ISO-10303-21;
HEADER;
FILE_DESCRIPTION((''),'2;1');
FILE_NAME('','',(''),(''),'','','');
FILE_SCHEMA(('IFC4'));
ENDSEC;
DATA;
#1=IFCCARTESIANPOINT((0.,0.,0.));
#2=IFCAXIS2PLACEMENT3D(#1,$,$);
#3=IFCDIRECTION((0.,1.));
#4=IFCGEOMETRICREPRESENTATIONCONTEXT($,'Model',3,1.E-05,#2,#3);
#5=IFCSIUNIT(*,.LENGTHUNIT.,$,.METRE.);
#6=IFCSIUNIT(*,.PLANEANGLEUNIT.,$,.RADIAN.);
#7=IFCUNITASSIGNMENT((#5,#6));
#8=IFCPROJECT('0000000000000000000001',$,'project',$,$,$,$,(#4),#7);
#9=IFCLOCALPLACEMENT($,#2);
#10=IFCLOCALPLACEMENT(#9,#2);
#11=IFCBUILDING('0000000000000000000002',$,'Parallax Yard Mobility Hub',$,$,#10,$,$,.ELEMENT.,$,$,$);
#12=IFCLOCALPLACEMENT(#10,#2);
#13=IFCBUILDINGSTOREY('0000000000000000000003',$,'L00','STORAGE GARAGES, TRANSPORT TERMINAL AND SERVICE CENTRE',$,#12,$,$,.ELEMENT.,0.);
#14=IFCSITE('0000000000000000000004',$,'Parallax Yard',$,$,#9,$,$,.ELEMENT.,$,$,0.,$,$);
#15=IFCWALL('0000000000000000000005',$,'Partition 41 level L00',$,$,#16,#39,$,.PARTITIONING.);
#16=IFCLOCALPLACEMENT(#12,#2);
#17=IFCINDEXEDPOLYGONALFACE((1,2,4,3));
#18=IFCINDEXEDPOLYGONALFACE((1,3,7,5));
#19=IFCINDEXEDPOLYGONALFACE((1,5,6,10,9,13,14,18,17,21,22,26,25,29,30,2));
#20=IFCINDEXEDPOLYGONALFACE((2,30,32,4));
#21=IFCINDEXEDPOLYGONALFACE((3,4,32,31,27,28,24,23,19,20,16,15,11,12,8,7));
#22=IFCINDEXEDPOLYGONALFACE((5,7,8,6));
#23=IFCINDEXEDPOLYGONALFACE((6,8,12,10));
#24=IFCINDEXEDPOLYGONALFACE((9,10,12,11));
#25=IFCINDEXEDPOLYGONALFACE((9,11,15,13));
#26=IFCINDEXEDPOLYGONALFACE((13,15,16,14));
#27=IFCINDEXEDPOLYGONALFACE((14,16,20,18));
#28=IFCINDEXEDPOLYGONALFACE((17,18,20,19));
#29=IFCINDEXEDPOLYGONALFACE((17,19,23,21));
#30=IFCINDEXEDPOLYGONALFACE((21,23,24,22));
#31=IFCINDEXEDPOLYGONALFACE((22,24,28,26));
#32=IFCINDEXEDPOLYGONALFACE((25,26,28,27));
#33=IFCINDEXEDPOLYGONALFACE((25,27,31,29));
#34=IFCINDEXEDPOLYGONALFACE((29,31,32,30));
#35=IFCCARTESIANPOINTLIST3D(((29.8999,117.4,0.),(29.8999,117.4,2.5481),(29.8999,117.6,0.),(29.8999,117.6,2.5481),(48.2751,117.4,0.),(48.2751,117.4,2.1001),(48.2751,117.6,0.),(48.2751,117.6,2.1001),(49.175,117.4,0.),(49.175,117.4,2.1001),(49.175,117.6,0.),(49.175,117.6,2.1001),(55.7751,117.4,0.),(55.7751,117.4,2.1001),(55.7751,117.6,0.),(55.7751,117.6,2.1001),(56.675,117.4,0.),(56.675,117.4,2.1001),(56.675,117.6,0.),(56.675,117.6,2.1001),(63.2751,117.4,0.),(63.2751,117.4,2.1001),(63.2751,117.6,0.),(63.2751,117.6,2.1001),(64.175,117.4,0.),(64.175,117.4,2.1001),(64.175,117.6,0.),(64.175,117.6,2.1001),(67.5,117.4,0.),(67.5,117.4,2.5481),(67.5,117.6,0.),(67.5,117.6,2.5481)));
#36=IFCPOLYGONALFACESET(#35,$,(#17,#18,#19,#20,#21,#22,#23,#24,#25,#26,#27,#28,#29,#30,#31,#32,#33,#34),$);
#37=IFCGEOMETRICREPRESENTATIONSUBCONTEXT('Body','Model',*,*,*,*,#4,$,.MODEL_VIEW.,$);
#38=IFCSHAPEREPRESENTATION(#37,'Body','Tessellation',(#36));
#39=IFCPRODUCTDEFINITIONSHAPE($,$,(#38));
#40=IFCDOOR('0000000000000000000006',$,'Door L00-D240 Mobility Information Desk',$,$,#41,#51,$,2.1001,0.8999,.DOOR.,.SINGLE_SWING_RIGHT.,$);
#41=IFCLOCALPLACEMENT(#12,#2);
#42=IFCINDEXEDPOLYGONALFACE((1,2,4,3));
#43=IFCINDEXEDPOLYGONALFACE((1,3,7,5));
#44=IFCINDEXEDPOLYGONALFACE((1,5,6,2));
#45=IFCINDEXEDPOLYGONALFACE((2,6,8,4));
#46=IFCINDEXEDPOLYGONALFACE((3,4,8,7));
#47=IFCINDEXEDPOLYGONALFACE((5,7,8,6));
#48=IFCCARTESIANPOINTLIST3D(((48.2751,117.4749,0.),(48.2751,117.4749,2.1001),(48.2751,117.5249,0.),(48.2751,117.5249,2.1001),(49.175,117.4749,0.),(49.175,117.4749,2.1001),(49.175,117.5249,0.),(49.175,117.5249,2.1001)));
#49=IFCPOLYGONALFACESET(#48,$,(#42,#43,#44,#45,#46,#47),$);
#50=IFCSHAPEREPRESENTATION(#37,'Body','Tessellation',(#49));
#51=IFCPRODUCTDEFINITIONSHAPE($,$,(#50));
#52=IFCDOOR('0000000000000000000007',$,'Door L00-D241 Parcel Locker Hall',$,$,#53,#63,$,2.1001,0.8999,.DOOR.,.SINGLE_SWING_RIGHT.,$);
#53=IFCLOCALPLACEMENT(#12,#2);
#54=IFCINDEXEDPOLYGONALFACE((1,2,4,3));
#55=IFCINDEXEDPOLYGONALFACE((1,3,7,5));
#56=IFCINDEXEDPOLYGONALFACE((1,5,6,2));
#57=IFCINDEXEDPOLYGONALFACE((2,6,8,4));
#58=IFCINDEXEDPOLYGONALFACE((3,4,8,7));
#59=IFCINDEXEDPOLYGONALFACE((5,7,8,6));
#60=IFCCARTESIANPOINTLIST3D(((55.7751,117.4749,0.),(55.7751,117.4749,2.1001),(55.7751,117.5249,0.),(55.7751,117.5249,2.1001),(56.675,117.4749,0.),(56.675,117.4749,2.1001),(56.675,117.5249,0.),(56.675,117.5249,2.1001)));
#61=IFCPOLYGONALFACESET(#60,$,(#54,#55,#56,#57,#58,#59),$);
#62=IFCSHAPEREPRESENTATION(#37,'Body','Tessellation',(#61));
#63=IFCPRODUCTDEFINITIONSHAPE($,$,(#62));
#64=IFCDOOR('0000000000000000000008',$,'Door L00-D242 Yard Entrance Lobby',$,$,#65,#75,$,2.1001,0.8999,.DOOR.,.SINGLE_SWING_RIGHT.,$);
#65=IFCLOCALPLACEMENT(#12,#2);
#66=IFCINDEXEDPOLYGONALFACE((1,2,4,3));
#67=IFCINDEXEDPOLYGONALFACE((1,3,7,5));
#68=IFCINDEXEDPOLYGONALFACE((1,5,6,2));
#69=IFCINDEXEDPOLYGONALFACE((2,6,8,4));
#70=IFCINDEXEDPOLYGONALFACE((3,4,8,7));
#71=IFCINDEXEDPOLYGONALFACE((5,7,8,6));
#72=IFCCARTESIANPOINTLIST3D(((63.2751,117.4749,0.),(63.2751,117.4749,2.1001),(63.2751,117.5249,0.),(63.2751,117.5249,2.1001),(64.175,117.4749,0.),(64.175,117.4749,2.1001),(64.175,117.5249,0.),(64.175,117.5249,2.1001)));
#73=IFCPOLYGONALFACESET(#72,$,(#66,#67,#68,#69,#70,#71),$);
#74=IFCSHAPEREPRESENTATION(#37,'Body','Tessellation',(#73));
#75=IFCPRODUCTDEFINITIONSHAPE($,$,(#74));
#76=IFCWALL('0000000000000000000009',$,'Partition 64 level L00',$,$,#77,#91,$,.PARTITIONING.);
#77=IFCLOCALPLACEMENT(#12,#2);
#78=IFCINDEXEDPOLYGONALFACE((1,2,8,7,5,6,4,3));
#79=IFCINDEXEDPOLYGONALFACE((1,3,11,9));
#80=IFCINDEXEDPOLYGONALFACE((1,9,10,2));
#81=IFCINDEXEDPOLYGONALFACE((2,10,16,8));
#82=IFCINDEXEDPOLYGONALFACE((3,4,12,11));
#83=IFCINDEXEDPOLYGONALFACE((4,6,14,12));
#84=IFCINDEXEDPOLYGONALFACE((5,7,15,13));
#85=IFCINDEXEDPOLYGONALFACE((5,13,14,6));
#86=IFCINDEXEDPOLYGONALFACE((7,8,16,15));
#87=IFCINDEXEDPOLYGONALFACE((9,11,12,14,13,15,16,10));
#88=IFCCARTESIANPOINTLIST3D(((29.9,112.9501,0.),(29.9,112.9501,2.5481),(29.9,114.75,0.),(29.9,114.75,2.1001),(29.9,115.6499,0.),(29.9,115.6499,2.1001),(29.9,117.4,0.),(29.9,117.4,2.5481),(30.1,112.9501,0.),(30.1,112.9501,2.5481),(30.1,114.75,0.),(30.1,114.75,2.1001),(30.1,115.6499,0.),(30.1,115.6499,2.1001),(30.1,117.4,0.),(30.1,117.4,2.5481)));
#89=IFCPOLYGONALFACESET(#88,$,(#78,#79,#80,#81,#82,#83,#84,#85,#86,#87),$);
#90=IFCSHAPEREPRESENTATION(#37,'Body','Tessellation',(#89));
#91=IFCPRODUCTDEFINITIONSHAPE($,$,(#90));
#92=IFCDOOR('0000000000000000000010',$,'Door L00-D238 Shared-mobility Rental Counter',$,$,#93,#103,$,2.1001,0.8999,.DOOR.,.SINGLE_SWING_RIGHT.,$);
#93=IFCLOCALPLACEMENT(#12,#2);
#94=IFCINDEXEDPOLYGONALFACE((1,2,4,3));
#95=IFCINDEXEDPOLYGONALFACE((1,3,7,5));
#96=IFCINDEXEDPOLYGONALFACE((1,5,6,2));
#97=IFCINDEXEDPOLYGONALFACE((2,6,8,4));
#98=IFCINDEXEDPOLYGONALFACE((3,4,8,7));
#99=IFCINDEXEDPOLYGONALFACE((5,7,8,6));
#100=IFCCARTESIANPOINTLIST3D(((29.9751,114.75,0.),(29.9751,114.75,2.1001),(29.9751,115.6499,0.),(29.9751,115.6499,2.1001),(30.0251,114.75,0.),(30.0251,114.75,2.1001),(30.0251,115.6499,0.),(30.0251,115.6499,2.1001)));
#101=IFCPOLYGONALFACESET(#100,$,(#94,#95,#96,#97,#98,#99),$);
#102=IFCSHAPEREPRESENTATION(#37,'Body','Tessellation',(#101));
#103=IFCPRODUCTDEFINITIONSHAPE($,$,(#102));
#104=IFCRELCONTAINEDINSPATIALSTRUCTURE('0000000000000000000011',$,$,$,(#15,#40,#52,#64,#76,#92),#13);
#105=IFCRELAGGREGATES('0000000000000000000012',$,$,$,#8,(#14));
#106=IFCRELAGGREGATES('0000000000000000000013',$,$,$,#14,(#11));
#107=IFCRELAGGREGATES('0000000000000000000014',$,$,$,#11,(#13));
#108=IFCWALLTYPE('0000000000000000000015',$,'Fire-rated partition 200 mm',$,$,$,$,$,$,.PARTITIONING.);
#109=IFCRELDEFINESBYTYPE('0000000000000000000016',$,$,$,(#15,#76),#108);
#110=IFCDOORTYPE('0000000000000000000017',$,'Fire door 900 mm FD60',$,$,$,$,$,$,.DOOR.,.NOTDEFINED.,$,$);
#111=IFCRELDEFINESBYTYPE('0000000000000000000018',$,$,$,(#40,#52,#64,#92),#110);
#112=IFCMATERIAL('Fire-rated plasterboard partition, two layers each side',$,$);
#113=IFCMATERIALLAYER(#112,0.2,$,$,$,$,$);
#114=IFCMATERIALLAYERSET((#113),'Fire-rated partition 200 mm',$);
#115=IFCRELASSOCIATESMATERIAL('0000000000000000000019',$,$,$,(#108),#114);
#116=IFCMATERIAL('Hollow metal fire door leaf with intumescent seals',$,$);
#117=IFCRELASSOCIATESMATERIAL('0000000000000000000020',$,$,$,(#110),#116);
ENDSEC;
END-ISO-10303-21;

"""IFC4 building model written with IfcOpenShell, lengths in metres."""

from ifc_helpers import new_model, si_unit, direction, frame, frame_2d, origin, place, context, subcontext, project, spatial, rectangle, extrude, material, layer, layer_set, type_object, element, fill, save


model = new_model("IFC4")

# Units and contexts
model_context = context("Model", 3, precision=1e-05, world=origin(), true_north=direction((0.0, 1.0)))
body_context = subcontext(model_context, "Body", "Model", "MODEL_VIEW")
ifc_project = project(units=[si_unit("LENGTHUNIT", "METRE"), si_unit("PLANEANGLEUNIT", "RADIAN")], contexts=[model_context])

# Site, building, storey
site_placement = place(None, origin())
site = spatial("IfcSite", under=ifc_project, at=site_placement, Name="Parallax Yard", CompositionType="ELEMENT", RefElevation=0.0)
building_placement = place(site_placement, origin())
building = spatial("IfcBuilding", under=site, at=building_placement, Name="Parallax Yard Mobility Hub", CompositionType="ELEMENT")
storey_placement = place(building_placement, origin())
storey = spatial("IfcBuildingStorey", under=building, at=storey_placement, Name="L00", Description="STORAGE GARAGES, TRANSPORT TERMINAL AND SERVICE CENTRE", CompositionType="ELEMENT", Elevation=0.0)

# Wall, openings, doors
ifc_material_1 = material(Name="Fire-rated plasterboard partition, two layers each side")
ifc_layer_1 = layer(ifc_material_1, 0.2)
ifc_layer_set_1 = layer_set([ifc_layer_1], Name="Fire-rated partition 200 mm")
wall_type_1 = type_object("IfcWallType", Name="Fire-rated partition 200 mm", PredefinedType="PARTITIONING", material=ifc_layer_set_1)
wall_1_placement = place(storey_placement, frame((29.8999, 117.5, 0.0), z_axis=(0.0, 0.0, 1.0), x_axis=(1.0, 0.0, 0.0)))
wall_1 = element("IfcWall", 1, at=wall_1_placement, inside=storey, type_object=wall_type_1, Name="Partition 41 level L00", PredefinedType="PARTITIONING", context=body_context, shape_type="SweptSolid", body=[
    extrude(rectangle(XDim=37.6001, YDim=0.2, at=frame_2d((18.8, 0.0))), origin(), (0.0, 0.0, 1.0), 2.5481),
])
opening_1_placement = place(wall_1_placement, frame((18.3752, 0.0, 0.0)))
opening_1 = element("IfcOpeningElement", 2, at=opening_1_placement, cuts=wall_1, PredefinedType="OPENING", context=body_context, shape_type="SweptSolid", body=[
    extrude(rectangle(XDim=0.8999, YDim=2.1001, at=frame_2d((0.45, 1.05))), frame((0.0, 0.1099, 0.0), z_axis=(0.0, -1.0, 0.0), x_axis=(1.0, 0.0, 0.0)), (0.0, 0.0, 1.0), 0.22),
])
opening_2_placement = place(wall_1_placement, frame((25.8752, 0.0, 0.0)))
opening_2 = element("IfcOpeningElement", 3, at=opening_2_placement, cuts=wall_1, PredefinedType="OPENING", context=body_context, shape_type="SweptSolid", body=[
    extrude(rectangle(XDim=0.8999, YDim=2.1001, at=frame_2d((0.45, 1.05))), frame((0.0, 0.1099, 0.0), z_axis=(0.0, -1.0, 0.0), x_axis=(1.0, 0.0, 0.0)), (0.0, 0.0, 1.0), 0.22),
])
opening_3_placement = place(wall_1_placement, frame((33.3752, 0.0, 0.0)))
opening_3 = element("IfcOpeningElement", 4, at=opening_3_placement, cuts=wall_1, PredefinedType="OPENING", context=body_context, shape_type="SweptSolid", body=[
    extrude(rectangle(XDim=0.8999, YDim=2.1001, at=frame_2d((0.45, 1.05))), frame((0.0, 0.1099, 0.0), z_axis=(0.0, -1.0, 0.0), x_axis=(1.0, 0.0, 0.0)), (0.0, 0.0, 1.0), 0.22),
])
ifc_material_2 = material(Name="Hollow metal fire door leaf with intumescent seals")
door_type = type_object("IfcDoorType", Name="Fire door 900 mm FD60", OperationType="NOTDEFINED", PredefinedType="DOOR", material=ifc_material_2)
door_1_placement = place(opening_1_placement, origin())
door_1 = element("IfcDoor", 5, at=door_1_placement, inside=storey, type_object=door_type, Name="Door L00-D240 Mobility Information Desk", OperationType="SINGLE_SWING_RIGHT", OverallHeight=2.1001, OverallWidth=0.8999, PredefinedType="DOOR", context=body_context, shape_type="SweptSolid", body=[
    extrude(rectangle(XDim=0.8999, YDim=2.1001, at=frame_2d((0.45, 1.05))), frame((0.0, 0.0249, 0.0), z_axis=(0.0, -1.0, 0.0), x_axis=(1.0, 0.0, 0.0)), (0.0, 0.0, 1.0), 0.05),
])
fill(opening_1, door_1)
door_2_placement = place(opening_2_placement, origin())
door_2 = element("IfcDoor", 6, at=door_2_placement, inside=storey, type_object=door_type, Name="Door L00-D241 Parcel Locker Hall", OperationType="SINGLE_SWING_RIGHT", OverallHeight=2.1001, OverallWidth=0.8999, PredefinedType="DOOR", context=body_context, shape_type="SweptSolid", body=[
    extrude(rectangle(XDim=0.8999, YDim=2.1001, at=frame_2d((0.45, 1.05))), frame((0.0, 0.0249, 0.0), z_axis=(0.0, -1.0, 0.0), x_axis=(1.0, 0.0, 0.0)), (0.0, 0.0, 1.0), 0.05),
])
fill(opening_2, door_2)
door_3_placement = place(opening_3_placement, origin())
door_3 = element("IfcDoor", 7, at=door_3_placement, inside=storey, type_object=door_type, Name="Door L00-D242 Yard Entrance Lobby", OperationType="SINGLE_SWING_RIGHT", OverallHeight=2.1001, OverallWidth=0.8999, PredefinedType="DOOR", context=body_context, shape_type="SweptSolid", body=[
    extrude(rectangle(XDim=0.8999, YDim=2.1001, at=frame_2d((0.45, 1.05))), frame((0.0, 0.0249, 0.0), z_axis=(0.0, -1.0, 0.0), x_axis=(1.0, 0.0, 0.0)), (0.0, 0.0, 1.0), 0.05),
])
fill(opening_3, door_3)

# Wall, opening, door
wall_2_placement = place(storey_placement, frame((30.0, 112.95, 0.0), z_axis=(0.0, 0.0, 1.0), x_axis=(0.0, 1.0, 0.0)))
wall_2 = element("IfcWall", 8, at=wall_2_placement, inside=storey, type_object=wall_type_1, Name="Partition 64 level L00", PredefinedType="PARTITIONING", context=body_context, shape_type="SweptSolid", body=[
    extrude(rectangle(XDim=4.45, YDim=0.2, at=frame_2d((2.2251, 0.0))), origin(), (0.0, 0.0, 1.0), 2.5481),
])
opening_4_placement = place(wall_2_placement, frame((1.8, 0.0, 0.0)))
opening_4 = element("IfcOpeningElement", 9, at=opening_4_placement, cuts=wall_2, PredefinedType="OPENING", context=body_context, shape_type="SweptSolid", body=[
    extrude(rectangle(XDim=0.8999, YDim=2.1001, at=frame_2d((0.45, 1.05))), frame((0.0, 0.1099, 0.0), z_axis=(0.0, -1.0, 0.0), x_axis=(1.0, 0.0, 0.0)), (0.0, 0.0, 1.0), 0.22),
])
door_4_placement = place(opening_4_placement, origin())
door_4 = element("IfcDoor", 10, at=door_4_placement, inside=storey, type_object=door_type, Name="Door L00-D238 Shared-mobility Rental Counter", OperationType="SINGLE_SWING_RIGHT", OverallHeight=2.1001, OverallWidth=0.8999, PredefinedType="DOOR", context=body_context, shape_type="SweptSolid", body=[
    extrude(rectangle(XDim=0.8999, YDim=2.1001, at=frame_2d((0.45, 1.05))), frame((0.0, 0.0249, 0.0), z_axis=(0.0, -1.0, 0.0), x_axis=(1.0, 0.0, 0.0)), (0.0, 0.0, 1.0), 0.05),
])
fill(opening_4, door_4)

save(model, "model.ifc")
